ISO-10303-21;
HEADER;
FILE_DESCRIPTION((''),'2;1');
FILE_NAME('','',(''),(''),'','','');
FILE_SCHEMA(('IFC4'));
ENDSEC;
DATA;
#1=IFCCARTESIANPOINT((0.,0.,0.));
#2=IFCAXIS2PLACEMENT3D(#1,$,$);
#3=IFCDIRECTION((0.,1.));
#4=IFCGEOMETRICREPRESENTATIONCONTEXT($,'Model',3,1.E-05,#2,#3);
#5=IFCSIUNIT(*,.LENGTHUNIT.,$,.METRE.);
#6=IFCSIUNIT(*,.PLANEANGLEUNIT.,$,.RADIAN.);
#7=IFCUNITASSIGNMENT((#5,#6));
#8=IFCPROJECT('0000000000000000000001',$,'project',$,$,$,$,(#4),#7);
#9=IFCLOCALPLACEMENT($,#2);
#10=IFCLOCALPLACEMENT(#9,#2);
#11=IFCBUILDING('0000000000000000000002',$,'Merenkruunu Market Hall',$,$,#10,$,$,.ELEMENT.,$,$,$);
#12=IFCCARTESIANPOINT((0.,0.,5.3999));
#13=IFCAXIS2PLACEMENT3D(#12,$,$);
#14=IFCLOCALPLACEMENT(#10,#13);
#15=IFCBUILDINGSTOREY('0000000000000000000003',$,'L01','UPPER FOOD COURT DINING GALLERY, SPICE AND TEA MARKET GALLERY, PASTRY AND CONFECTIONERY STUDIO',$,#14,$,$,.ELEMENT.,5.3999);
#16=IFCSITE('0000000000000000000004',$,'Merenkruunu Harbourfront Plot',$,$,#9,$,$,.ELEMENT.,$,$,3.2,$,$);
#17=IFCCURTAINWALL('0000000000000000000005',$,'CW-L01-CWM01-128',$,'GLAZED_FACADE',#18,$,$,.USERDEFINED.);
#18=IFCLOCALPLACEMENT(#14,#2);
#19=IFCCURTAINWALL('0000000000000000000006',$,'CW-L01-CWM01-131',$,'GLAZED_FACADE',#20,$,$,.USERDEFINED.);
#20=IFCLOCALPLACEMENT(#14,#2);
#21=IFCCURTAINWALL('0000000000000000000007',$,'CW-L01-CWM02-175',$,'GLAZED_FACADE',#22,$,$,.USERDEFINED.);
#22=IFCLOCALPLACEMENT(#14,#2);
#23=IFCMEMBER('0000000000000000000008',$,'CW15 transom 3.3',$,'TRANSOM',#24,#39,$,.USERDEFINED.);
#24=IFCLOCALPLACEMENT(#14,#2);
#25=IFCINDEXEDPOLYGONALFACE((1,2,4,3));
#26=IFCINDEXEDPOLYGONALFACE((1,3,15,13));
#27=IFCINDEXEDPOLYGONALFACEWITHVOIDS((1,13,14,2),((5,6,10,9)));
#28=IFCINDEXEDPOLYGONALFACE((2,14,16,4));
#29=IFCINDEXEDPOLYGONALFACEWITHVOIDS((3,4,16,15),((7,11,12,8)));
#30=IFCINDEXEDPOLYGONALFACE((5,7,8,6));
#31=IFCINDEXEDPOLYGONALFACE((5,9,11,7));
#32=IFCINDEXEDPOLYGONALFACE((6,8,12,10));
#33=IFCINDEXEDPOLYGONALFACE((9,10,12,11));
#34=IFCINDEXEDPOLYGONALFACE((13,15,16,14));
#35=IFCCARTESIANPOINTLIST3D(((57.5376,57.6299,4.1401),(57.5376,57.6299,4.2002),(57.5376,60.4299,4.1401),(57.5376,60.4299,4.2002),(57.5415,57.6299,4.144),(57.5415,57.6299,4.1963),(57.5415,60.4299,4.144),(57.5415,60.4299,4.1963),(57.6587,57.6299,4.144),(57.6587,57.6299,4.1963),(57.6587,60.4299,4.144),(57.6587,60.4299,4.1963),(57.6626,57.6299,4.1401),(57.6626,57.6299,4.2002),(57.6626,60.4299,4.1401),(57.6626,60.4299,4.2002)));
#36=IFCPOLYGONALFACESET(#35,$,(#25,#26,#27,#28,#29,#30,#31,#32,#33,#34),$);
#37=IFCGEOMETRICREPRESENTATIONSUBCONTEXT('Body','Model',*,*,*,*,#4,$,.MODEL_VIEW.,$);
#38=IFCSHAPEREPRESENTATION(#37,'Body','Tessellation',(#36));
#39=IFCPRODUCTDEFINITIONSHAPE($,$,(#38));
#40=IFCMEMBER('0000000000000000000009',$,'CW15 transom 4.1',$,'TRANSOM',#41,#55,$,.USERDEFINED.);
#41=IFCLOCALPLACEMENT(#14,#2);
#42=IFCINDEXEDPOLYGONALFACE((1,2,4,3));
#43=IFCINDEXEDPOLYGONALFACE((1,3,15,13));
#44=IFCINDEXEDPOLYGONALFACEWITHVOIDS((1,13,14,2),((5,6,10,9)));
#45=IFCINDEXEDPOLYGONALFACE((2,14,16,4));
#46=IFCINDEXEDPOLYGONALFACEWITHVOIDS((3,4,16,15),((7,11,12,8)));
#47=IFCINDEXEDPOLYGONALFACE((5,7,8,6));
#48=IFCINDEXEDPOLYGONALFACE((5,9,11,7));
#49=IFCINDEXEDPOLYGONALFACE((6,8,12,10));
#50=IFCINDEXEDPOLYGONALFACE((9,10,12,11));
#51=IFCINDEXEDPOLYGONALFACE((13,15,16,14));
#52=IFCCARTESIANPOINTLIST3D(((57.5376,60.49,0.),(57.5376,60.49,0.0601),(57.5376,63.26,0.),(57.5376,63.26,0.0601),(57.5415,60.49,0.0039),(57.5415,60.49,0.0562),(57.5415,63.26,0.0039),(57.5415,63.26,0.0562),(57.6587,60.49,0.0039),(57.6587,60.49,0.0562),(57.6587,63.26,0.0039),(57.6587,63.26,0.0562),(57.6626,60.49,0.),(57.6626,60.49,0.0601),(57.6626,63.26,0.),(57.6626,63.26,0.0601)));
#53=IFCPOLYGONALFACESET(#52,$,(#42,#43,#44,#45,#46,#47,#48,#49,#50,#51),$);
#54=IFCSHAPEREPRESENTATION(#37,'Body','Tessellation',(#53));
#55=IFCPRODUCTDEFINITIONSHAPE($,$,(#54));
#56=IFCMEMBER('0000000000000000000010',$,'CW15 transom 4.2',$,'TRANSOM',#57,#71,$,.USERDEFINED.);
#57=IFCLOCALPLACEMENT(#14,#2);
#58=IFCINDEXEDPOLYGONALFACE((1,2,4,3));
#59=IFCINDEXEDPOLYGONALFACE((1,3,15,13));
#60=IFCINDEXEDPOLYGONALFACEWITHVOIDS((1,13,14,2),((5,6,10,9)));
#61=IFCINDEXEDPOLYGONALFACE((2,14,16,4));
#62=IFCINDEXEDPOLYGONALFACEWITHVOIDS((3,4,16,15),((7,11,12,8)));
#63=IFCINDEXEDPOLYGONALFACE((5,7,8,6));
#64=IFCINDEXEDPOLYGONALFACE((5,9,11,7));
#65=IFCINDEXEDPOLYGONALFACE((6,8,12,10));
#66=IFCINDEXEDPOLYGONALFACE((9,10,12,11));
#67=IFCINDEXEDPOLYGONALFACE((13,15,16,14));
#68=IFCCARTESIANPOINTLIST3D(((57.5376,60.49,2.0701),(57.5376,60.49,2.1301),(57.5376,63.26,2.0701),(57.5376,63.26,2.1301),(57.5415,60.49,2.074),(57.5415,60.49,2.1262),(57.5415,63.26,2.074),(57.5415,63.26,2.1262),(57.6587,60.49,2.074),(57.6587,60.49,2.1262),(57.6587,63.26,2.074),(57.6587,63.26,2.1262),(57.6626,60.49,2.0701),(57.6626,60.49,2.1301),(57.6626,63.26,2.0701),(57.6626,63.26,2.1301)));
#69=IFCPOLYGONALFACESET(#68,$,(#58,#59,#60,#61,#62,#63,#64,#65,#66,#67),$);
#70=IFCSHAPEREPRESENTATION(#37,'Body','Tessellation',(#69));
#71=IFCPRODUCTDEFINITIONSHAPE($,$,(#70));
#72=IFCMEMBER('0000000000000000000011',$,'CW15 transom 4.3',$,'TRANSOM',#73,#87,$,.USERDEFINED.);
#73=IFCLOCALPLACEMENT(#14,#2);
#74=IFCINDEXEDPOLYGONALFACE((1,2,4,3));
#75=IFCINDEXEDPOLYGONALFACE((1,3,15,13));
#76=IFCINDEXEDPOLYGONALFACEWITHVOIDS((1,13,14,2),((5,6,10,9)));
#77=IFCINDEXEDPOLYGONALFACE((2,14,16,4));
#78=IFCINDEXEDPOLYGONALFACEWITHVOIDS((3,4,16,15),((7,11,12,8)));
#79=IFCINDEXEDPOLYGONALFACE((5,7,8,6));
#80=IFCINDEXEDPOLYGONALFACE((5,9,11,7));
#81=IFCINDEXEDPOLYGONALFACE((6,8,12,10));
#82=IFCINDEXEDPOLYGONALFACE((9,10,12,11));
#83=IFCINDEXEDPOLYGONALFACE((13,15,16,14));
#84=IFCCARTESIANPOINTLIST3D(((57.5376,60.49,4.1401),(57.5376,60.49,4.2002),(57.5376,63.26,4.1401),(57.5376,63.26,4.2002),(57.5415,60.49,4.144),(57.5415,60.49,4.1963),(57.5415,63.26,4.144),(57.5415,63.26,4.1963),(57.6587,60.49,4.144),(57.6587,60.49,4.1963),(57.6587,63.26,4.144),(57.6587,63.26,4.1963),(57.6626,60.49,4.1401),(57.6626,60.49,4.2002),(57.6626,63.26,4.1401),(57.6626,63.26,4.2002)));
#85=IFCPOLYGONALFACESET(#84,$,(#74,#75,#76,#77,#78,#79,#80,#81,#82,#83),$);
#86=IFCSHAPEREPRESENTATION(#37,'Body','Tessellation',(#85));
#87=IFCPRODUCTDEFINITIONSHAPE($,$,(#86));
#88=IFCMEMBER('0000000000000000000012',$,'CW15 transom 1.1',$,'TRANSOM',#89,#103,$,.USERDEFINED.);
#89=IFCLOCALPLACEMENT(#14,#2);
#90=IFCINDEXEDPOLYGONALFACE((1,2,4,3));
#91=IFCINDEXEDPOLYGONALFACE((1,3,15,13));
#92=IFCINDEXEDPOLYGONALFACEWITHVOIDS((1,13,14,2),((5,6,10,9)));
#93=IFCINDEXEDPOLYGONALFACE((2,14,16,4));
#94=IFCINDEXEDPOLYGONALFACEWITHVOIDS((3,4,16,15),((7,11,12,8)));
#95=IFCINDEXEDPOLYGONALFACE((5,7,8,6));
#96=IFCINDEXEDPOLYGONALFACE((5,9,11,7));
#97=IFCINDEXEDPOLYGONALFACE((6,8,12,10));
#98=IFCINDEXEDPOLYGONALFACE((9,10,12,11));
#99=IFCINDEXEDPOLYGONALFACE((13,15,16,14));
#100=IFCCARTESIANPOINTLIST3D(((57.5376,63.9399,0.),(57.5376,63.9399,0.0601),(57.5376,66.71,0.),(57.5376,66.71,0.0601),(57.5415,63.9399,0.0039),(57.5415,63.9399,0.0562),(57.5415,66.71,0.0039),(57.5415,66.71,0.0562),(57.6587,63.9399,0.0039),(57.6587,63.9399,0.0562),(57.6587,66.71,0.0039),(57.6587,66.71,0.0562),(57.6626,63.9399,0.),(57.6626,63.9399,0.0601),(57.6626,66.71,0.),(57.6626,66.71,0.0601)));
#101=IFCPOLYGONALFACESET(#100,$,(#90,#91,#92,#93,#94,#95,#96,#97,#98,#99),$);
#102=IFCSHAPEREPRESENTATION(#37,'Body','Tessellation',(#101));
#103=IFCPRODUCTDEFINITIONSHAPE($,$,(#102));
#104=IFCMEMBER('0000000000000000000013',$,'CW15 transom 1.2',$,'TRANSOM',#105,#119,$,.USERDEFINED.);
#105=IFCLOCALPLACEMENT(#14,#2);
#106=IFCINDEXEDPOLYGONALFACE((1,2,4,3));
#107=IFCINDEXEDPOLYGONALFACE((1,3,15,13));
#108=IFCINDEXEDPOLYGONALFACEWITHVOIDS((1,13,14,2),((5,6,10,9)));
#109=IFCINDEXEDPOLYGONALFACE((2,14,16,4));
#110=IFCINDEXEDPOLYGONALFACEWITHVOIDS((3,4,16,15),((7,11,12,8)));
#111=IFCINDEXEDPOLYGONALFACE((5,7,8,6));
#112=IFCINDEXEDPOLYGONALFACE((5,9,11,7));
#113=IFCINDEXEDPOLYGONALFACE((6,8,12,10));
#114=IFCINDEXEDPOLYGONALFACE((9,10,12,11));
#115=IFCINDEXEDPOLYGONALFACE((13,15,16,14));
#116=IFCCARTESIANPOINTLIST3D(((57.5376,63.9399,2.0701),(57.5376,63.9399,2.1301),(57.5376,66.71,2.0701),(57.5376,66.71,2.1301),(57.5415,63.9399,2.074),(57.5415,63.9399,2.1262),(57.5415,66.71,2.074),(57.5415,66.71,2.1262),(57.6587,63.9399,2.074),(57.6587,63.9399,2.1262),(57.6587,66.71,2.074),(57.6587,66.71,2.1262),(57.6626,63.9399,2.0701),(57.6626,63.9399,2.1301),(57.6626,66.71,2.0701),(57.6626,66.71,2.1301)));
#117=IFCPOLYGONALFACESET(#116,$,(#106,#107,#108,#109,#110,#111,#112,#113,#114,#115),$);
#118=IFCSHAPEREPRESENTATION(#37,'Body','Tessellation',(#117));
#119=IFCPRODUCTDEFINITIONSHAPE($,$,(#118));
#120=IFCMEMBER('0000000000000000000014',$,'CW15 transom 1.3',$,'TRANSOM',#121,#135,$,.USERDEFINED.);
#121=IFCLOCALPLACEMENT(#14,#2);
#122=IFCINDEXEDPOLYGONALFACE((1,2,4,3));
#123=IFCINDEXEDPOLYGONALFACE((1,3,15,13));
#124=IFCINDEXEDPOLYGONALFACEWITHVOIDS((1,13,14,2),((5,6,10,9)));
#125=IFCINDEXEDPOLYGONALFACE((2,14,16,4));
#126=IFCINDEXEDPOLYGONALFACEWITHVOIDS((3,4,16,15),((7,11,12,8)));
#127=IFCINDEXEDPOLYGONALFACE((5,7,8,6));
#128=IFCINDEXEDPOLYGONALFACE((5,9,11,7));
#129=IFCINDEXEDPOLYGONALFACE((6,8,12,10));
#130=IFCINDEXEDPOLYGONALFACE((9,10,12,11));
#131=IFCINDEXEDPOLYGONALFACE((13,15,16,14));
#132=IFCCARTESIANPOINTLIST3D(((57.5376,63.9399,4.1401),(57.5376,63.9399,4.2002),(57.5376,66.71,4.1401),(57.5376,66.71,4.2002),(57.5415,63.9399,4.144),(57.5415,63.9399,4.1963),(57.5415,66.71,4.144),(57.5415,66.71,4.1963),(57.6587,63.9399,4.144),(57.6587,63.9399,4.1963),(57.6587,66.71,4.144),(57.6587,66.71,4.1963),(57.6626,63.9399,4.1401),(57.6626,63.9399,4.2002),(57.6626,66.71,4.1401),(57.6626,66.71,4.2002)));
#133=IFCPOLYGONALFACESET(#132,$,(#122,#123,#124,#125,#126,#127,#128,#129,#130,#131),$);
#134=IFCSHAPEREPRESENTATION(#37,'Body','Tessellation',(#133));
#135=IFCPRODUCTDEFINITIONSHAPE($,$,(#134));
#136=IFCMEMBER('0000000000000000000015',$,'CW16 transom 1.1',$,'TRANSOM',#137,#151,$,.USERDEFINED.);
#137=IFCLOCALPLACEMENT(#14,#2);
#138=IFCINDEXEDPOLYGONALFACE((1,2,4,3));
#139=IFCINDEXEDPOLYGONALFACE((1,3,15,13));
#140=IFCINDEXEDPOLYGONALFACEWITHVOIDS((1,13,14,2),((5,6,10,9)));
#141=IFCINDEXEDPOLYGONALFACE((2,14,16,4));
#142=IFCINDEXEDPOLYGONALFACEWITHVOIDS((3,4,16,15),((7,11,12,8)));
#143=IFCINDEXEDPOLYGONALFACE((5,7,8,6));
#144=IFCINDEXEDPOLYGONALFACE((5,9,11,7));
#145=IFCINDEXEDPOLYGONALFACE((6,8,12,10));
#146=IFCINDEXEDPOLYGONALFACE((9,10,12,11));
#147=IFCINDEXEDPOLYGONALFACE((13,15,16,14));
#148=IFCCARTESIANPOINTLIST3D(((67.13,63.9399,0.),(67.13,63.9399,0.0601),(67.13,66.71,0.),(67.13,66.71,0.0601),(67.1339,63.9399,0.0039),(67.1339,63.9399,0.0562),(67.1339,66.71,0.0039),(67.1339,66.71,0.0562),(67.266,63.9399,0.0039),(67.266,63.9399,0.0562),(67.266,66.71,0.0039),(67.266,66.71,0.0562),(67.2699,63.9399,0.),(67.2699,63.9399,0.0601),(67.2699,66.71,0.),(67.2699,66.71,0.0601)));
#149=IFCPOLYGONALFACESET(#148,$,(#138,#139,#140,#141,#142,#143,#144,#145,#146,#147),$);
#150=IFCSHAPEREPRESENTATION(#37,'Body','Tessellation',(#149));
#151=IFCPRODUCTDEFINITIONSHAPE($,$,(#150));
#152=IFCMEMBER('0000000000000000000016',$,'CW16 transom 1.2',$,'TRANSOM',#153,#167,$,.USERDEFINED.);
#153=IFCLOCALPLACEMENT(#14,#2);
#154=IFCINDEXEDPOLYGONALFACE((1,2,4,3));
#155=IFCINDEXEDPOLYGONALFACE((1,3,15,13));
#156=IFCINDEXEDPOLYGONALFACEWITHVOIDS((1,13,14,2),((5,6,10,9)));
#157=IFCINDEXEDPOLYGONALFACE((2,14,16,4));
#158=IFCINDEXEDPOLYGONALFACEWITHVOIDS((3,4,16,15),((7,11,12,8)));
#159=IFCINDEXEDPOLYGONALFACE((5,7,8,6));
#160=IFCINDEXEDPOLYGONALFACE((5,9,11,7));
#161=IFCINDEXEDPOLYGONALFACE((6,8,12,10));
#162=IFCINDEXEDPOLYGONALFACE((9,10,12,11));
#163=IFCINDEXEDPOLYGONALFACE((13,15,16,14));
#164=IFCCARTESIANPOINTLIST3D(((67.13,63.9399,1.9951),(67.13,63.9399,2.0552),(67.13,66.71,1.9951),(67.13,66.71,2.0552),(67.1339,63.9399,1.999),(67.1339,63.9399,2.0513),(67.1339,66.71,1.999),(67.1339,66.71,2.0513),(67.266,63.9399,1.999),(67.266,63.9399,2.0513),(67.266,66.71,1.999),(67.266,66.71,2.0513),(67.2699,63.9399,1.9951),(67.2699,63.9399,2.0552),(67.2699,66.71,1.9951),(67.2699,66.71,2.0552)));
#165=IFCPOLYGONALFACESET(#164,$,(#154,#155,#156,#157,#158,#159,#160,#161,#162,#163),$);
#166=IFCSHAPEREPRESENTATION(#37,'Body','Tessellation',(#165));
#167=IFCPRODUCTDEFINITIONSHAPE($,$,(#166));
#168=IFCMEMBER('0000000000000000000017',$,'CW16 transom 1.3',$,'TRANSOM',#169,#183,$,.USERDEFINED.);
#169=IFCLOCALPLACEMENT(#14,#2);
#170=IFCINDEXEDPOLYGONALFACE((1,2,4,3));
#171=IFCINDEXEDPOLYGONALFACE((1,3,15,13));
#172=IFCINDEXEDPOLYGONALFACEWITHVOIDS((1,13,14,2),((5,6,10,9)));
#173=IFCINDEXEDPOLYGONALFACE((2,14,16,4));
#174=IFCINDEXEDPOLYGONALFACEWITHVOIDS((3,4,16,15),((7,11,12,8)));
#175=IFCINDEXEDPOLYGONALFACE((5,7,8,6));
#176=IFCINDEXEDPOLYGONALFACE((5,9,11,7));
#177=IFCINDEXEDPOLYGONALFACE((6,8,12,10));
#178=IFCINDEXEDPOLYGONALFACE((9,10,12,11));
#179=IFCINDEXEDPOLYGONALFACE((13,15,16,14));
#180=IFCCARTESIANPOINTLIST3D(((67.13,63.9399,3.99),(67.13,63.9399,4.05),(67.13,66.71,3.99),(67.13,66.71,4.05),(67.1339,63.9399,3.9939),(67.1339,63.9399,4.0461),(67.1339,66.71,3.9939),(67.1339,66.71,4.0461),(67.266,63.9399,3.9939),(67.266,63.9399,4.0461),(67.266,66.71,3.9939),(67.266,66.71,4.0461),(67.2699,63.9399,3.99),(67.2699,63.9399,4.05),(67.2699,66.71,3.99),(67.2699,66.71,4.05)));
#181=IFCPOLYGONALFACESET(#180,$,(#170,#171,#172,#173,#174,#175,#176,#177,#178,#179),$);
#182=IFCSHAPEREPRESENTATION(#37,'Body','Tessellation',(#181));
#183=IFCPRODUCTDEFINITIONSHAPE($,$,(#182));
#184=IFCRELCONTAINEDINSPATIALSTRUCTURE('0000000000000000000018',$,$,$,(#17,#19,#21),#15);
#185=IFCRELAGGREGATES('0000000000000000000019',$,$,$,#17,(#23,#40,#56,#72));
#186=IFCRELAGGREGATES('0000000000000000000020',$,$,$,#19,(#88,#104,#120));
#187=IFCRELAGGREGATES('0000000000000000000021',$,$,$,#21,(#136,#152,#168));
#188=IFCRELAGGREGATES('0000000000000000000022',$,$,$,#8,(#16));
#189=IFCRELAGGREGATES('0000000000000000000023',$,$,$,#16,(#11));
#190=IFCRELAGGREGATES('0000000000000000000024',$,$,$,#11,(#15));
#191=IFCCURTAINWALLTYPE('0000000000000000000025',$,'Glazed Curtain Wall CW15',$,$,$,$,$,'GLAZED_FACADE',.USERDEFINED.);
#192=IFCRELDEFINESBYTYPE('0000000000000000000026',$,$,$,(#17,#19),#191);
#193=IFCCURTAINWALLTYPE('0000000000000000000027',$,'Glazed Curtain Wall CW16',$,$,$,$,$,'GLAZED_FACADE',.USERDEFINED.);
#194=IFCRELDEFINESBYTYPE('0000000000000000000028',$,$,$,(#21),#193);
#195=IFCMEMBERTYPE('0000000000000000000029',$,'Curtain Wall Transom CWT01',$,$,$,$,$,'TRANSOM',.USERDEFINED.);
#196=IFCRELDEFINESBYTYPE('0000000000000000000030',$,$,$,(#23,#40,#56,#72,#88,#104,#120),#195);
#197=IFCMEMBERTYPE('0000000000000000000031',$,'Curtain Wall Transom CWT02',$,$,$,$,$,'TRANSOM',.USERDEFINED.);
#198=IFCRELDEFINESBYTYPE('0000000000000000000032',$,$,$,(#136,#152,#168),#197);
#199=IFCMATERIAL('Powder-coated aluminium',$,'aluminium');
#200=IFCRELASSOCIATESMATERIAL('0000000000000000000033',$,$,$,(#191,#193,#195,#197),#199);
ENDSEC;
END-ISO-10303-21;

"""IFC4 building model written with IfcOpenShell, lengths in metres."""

from ifc_helpers import new_model, si_unit, direction, frame, origin, origin_2d, place, context, subcontext, project, spatial, hollow_rectangle, extrude, material, material_profile, profile_set, type_object, element, aggregate, save


model = new_model("IFC4")

# Units and contexts
model_context = context("Model", 3, precision=1e-05, world=origin(), true_north=direction((0.0, 1.0)))
body_context = subcontext(model_context, "Body", "Model", "MODEL_VIEW")
ifc_project = project(units=[si_unit("LENGTHUNIT", "METRE"), si_unit("PLANEANGLEUNIT", "RADIAN")], contexts=[model_context])

# Site, building, storey
site_placement = place(None, origin())
site = spatial("IfcSite", under=ifc_project, at=site_placement, Name="Merenkruunu Harbourfront Plot", CompositionType="ELEMENT", RefElevation=3.2)
building_placement = place(site_placement, origin())
building = spatial("IfcBuilding", under=site, at=building_placement, Name="Merenkruunu Market Hall", CompositionType="ELEMENT")
storey_placement = place(building_placement, frame((0.0, 0.0, 5.3999)))
storey = spatial("IfcBuildingStorey", under=building, at=storey_placement, Name="L01", Description="UPPER FOOD COURT DINING GALLERY, SPICE AND TEA MARKET GALLERY, PASTRY AND CONFECTIONERY STUDIO", CompositionType="ELEMENT", Elevation=5.3999)

# Curtain walls
ifc_material_1 = material(Name="Powder-coated aluminium", Category="aluminium")
curtain_wall_type_1 = type_object("IfcCurtainWallType", Name="Glazed Curtain Wall CW15", ElementType="GLAZED_FACADE", PredefinedType="USERDEFINED", material=ifc_material_1)
curtain_wall_1_placement = place(storey_placement, origin())
curtain_wall_1 = element("IfcCurtainWall", 1, at=curtain_wall_1_placement, inside=storey, type_object=curtain_wall_type_1, Name="CW-L01-CWM01-128", ObjectType="GLAZED_FACADE", PredefinedType="USERDEFINED")
curtain_wall_2_placement = place(storey_placement, origin())
curtain_wall_2 = element("IfcCurtainWall", 2, at=curtain_wall_2_placement, inside=storey, type_object=curtain_wall_type_1, Name="CW-L01-CWM01-131", ObjectType="GLAZED_FACADE", PredefinedType="USERDEFINED")
curtain_wall_type_2 = type_object("IfcCurtainWallType", Name="Glazed Curtain Wall CW16", ElementType="GLAZED_FACADE", PredefinedType="USERDEFINED", material=ifc_material_1)
curtain_wall_3_placement = place(storey_placement, origin())
curtain_wall_3 = element("IfcCurtainWall", 3, at=curtain_wall_3_placement, inside=storey, type_object=curtain_wall_type_2, Name="CW-L01-CWM02-175", ObjectType="GLAZED_FACADE", PredefinedType="USERDEFINED")

# Members
ifc_material_profile_1 = material_profile(ifc_material_1, hollow_rectangle(XDim=0.0601, YDim=0.125, WallThickness=0.0039, at=origin_2d()), Name="ALU 60x125x4")
ifc_profile_set_1 = profile_set([ifc_material_profile_1], Name="Powder-coated aluminium")
member_type_1 = type_object("IfcMemberType", Name="Curtain Wall Transom CWT01", ElementType="TRANSOM", PredefinedType="USERDEFINED", material=ifc_profile_set_1)
member_1_placement = place(storey_placement, frame((57.6001, 57.6299, 4.1702), z_axis=(0.0, 1.0, 0.0), x_axis=(0.0, 0.0, 1.0)))
member_1 = element("IfcMember", 4, at=member_1_placement, type_object=member_type_1, Name="CW15 transom 3.3", ObjectType="TRANSOM", PredefinedType="USERDEFINED", context=body_context, shape_type="SweptSolid", body=[
    extrude(hollow_rectangle(XDim=0.0601, YDim=0.125, WallThickness=0.0039, at=origin_2d()), origin(), (0.0, 0.0, 1.0), 2.8),
])
member_2_placement = place(storey_placement, frame((57.6001, 60.49, 0.03), z_axis=(0.0, 1.0, 0.0), x_axis=(0.0, 0.0, 1.0)))
member_2 = element("IfcMember", 5, at=member_2_placement, type_object=member_type_1, Name="CW15 transom 4.1", ObjectType="TRANSOM", PredefinedType="USERDEFINED", context=body_context, shape_type="SweptSolid", body=[
    extrude(hollow_rectangle(XDim=0.0601, YDim=0.125, WallThickness=0.0039, at=origin_2d()), origin(), (0.0, 0.0, 1.0), 2.77),
])
member_3_placement = place(storey_placement, frame((57.6001, 60.49, 2.1001), z_axis=(0.0, 1.0, 0.0), x_axis=(0.0, 0.0, 1.0)))
member_3 = element("IfcMember", 6, at=member_3_placement, type_object=member_type_1, Name="CW15 transom 4.2", ObjectType="TRANSOM", PredefinedType="USERDEFINED", context=body_context, shape_type="SweptSolid", body=[
    extrude(hollow_rectangle(XDim=0.0601, YDim=0.125, WallThickness=0.0039, at=origin_2d()), origin(), (0.0, 0.0, 1.0), 2.77),
])
member_4_placement = place(storey_placement, frame((57.6001, 60.49, 4.1702), z_axis=(0.0, 1.0, 0.0), x_axis=(0.0, 0.0, 1.0)))
member_4 = element("IfcMember", 7, at=member_4_placement, type_object=member_type_1, Name="CW15 transom 4.3", ObjectType="TRANSOM", PredefinedType="USERDEFINED", context=body_context, shape_type="SweptSolid", body=[
    extrude(hollow_rectangle(XDim=0.0601, YDim=0.125, WallThickness=0.0039, at=origin_2d()), origin(), (0.0, 0.0, 1.0), 2.77),
])
member_5_placement = place(storey_placement, frame((57.6001, 63.9399, 0.03), z_axis=(0.0, 1.0, 0.0), x_axis=(0.0, 0.0, 1.0)))
member_5 = element("IfcMember", 8, at=member_5_placement, type_object=member_type_1, Name="CW15 transom 1.1", ObjectType="TRANSOM", PredefinedType="USERDEFINED", context=body_context, shape_type="SweptSolid", body=[
    extrude(hollow_rectangle(XDim=0.0601, YDim=0.125, WallThickness=0.0039, at=origin_2d()), origin(), (0.0, 0.0, 1.0), 2.77),
])
member_6_placement = place(storey_placement, frame((57.6001, 63.9399, 2.1001), z_axis=(0.0, 1.0, 0.0), x_axis=(0.0, 0.0, 1.0)))
member_6 = element("IfcMember", 9, at=member_6_placement, type_object=member_type_1, Name="CW15 transom 1.2", ObjectType="TRANSOM", PredefinedType="USERDEFINED", context=body_context, shape_type="SweptSolid", body=[
    extrude(hollow_rectangle(XDim=0.0601, YDim=0.125, WallThickness=0.0039, at=origin_2d()), origin(), (0.0, 0.0, 1.0), 2.77),
])
member_7_placement = place(storey_placement, frame((57.6001, 63.9399, 4.1702), z_axis=(0.0, 1.0, 0.0), x_axis=(0.0, 0.0, 1.0)))
member_7 = element("IfcMember", 10, at=member_7_placement, type_object=member_type_1, Name="CW15 transom 1.3", ObjectType="TRANSOM", PredefinedType="USERDEFINED", context=body_context, shape_type="SweptSolid", body=[
    extrude(hollow_rectangle(XDim=0.0601, YDim=0.125, WallThickness=0.0039, at=origin_2d()), origin(), (0.0, 0.0, 1.0), 2.77),
])
ifc_material_profile_2 = material_profile(ifc_material_1, hollow_rectangle(XDim=0.0601, YDim=0.1399, WallThickness=0.0039, at=origin_2d()), Name="ALU 60x140x4")
ifc_profile_set_2 = profile_set([ifc_material_profile_2], Name="Powder-coated aluminium")
member_type_2 = type_object("IfcMemberType", Name="Curtain Wall Transom CWT02", ElementType="TRANSOM", PredefinedType="USERDEFINED", material=ifc_profile_set_2)
member_8_placement = place(storey_placement, frame((67.2, 63.9399, 0.03), z_axis=(0.0, 1.0, 0.0), x_axis=(0.0, 0.0, 1.0)))
member_8 = element("IfcMember", 11, at=member_8_placement, type_object=member_type_2, Name="CW16 transom 1.1", ObjectType="TRANSOM", PredefinedType="USERDEFINED", context=body_context, shape_type="SweptSolid", body=[
    extrude(hollow_rectangle(XDim=0.0601, YDim=0.1399, WallThickness=0.0039, at=origin_2d()), origin(), (0.0, 0.0, 1.0), 2.77),
])
member_9_placement = place(storey_placement, frame((67.2, 63.9399, 2.0251), z_axis=(0.0, 1.0, 0.0), x_axis=(0.0, 0.0, 1.0)))
member_9 = element("IfcMember", 12, at=member_9_placement, type_object=member_type_2, Name="CW16 transom 1.2", ObjectType="TRANSOM", PredefinedType="USERDEFINED", context=body_context, shape_type="SweptSolid", body=[
    extrude(hollow_rectangle(XDim=0.0601, YDim=0.1399, WallThickness=0.0039, at=origin_2d()), origin(), (0.0, 0.0, 1.0), 2.77),
])
member_10_placement = place(storey_placement, frame((67.2, 63.9399, 4.02), z_axis=(0.0, 1.0, 0.0), x_axis=(0.0, 0.0, 1.0)))
member_10 = element("IfcMember", 13, at=member_10_placement, type_object=member_type_2, Name="CW16 transom 1.3", ObjectType="TRANSOM", PredefinedType="USERDEFINED", context=body_context, shape_type="SweptSolid", body=[
    extrude(hollow_rectangle(XDim=0.0601, YDim=0.1399, WallThickness=0.0039, at=origin_2d()), origin(), (0.0, 0.0, 1.0), 2.77),
])

aggregate(curtain_wall_1, [member_1, member_2, member_3, member_4])
aggregate(curtain_wall_2, [member_5, member_6, member_7])
aggregate(curtain_wall_3, [member_8, member_9, member_10])

save(model, "model.ifc")
